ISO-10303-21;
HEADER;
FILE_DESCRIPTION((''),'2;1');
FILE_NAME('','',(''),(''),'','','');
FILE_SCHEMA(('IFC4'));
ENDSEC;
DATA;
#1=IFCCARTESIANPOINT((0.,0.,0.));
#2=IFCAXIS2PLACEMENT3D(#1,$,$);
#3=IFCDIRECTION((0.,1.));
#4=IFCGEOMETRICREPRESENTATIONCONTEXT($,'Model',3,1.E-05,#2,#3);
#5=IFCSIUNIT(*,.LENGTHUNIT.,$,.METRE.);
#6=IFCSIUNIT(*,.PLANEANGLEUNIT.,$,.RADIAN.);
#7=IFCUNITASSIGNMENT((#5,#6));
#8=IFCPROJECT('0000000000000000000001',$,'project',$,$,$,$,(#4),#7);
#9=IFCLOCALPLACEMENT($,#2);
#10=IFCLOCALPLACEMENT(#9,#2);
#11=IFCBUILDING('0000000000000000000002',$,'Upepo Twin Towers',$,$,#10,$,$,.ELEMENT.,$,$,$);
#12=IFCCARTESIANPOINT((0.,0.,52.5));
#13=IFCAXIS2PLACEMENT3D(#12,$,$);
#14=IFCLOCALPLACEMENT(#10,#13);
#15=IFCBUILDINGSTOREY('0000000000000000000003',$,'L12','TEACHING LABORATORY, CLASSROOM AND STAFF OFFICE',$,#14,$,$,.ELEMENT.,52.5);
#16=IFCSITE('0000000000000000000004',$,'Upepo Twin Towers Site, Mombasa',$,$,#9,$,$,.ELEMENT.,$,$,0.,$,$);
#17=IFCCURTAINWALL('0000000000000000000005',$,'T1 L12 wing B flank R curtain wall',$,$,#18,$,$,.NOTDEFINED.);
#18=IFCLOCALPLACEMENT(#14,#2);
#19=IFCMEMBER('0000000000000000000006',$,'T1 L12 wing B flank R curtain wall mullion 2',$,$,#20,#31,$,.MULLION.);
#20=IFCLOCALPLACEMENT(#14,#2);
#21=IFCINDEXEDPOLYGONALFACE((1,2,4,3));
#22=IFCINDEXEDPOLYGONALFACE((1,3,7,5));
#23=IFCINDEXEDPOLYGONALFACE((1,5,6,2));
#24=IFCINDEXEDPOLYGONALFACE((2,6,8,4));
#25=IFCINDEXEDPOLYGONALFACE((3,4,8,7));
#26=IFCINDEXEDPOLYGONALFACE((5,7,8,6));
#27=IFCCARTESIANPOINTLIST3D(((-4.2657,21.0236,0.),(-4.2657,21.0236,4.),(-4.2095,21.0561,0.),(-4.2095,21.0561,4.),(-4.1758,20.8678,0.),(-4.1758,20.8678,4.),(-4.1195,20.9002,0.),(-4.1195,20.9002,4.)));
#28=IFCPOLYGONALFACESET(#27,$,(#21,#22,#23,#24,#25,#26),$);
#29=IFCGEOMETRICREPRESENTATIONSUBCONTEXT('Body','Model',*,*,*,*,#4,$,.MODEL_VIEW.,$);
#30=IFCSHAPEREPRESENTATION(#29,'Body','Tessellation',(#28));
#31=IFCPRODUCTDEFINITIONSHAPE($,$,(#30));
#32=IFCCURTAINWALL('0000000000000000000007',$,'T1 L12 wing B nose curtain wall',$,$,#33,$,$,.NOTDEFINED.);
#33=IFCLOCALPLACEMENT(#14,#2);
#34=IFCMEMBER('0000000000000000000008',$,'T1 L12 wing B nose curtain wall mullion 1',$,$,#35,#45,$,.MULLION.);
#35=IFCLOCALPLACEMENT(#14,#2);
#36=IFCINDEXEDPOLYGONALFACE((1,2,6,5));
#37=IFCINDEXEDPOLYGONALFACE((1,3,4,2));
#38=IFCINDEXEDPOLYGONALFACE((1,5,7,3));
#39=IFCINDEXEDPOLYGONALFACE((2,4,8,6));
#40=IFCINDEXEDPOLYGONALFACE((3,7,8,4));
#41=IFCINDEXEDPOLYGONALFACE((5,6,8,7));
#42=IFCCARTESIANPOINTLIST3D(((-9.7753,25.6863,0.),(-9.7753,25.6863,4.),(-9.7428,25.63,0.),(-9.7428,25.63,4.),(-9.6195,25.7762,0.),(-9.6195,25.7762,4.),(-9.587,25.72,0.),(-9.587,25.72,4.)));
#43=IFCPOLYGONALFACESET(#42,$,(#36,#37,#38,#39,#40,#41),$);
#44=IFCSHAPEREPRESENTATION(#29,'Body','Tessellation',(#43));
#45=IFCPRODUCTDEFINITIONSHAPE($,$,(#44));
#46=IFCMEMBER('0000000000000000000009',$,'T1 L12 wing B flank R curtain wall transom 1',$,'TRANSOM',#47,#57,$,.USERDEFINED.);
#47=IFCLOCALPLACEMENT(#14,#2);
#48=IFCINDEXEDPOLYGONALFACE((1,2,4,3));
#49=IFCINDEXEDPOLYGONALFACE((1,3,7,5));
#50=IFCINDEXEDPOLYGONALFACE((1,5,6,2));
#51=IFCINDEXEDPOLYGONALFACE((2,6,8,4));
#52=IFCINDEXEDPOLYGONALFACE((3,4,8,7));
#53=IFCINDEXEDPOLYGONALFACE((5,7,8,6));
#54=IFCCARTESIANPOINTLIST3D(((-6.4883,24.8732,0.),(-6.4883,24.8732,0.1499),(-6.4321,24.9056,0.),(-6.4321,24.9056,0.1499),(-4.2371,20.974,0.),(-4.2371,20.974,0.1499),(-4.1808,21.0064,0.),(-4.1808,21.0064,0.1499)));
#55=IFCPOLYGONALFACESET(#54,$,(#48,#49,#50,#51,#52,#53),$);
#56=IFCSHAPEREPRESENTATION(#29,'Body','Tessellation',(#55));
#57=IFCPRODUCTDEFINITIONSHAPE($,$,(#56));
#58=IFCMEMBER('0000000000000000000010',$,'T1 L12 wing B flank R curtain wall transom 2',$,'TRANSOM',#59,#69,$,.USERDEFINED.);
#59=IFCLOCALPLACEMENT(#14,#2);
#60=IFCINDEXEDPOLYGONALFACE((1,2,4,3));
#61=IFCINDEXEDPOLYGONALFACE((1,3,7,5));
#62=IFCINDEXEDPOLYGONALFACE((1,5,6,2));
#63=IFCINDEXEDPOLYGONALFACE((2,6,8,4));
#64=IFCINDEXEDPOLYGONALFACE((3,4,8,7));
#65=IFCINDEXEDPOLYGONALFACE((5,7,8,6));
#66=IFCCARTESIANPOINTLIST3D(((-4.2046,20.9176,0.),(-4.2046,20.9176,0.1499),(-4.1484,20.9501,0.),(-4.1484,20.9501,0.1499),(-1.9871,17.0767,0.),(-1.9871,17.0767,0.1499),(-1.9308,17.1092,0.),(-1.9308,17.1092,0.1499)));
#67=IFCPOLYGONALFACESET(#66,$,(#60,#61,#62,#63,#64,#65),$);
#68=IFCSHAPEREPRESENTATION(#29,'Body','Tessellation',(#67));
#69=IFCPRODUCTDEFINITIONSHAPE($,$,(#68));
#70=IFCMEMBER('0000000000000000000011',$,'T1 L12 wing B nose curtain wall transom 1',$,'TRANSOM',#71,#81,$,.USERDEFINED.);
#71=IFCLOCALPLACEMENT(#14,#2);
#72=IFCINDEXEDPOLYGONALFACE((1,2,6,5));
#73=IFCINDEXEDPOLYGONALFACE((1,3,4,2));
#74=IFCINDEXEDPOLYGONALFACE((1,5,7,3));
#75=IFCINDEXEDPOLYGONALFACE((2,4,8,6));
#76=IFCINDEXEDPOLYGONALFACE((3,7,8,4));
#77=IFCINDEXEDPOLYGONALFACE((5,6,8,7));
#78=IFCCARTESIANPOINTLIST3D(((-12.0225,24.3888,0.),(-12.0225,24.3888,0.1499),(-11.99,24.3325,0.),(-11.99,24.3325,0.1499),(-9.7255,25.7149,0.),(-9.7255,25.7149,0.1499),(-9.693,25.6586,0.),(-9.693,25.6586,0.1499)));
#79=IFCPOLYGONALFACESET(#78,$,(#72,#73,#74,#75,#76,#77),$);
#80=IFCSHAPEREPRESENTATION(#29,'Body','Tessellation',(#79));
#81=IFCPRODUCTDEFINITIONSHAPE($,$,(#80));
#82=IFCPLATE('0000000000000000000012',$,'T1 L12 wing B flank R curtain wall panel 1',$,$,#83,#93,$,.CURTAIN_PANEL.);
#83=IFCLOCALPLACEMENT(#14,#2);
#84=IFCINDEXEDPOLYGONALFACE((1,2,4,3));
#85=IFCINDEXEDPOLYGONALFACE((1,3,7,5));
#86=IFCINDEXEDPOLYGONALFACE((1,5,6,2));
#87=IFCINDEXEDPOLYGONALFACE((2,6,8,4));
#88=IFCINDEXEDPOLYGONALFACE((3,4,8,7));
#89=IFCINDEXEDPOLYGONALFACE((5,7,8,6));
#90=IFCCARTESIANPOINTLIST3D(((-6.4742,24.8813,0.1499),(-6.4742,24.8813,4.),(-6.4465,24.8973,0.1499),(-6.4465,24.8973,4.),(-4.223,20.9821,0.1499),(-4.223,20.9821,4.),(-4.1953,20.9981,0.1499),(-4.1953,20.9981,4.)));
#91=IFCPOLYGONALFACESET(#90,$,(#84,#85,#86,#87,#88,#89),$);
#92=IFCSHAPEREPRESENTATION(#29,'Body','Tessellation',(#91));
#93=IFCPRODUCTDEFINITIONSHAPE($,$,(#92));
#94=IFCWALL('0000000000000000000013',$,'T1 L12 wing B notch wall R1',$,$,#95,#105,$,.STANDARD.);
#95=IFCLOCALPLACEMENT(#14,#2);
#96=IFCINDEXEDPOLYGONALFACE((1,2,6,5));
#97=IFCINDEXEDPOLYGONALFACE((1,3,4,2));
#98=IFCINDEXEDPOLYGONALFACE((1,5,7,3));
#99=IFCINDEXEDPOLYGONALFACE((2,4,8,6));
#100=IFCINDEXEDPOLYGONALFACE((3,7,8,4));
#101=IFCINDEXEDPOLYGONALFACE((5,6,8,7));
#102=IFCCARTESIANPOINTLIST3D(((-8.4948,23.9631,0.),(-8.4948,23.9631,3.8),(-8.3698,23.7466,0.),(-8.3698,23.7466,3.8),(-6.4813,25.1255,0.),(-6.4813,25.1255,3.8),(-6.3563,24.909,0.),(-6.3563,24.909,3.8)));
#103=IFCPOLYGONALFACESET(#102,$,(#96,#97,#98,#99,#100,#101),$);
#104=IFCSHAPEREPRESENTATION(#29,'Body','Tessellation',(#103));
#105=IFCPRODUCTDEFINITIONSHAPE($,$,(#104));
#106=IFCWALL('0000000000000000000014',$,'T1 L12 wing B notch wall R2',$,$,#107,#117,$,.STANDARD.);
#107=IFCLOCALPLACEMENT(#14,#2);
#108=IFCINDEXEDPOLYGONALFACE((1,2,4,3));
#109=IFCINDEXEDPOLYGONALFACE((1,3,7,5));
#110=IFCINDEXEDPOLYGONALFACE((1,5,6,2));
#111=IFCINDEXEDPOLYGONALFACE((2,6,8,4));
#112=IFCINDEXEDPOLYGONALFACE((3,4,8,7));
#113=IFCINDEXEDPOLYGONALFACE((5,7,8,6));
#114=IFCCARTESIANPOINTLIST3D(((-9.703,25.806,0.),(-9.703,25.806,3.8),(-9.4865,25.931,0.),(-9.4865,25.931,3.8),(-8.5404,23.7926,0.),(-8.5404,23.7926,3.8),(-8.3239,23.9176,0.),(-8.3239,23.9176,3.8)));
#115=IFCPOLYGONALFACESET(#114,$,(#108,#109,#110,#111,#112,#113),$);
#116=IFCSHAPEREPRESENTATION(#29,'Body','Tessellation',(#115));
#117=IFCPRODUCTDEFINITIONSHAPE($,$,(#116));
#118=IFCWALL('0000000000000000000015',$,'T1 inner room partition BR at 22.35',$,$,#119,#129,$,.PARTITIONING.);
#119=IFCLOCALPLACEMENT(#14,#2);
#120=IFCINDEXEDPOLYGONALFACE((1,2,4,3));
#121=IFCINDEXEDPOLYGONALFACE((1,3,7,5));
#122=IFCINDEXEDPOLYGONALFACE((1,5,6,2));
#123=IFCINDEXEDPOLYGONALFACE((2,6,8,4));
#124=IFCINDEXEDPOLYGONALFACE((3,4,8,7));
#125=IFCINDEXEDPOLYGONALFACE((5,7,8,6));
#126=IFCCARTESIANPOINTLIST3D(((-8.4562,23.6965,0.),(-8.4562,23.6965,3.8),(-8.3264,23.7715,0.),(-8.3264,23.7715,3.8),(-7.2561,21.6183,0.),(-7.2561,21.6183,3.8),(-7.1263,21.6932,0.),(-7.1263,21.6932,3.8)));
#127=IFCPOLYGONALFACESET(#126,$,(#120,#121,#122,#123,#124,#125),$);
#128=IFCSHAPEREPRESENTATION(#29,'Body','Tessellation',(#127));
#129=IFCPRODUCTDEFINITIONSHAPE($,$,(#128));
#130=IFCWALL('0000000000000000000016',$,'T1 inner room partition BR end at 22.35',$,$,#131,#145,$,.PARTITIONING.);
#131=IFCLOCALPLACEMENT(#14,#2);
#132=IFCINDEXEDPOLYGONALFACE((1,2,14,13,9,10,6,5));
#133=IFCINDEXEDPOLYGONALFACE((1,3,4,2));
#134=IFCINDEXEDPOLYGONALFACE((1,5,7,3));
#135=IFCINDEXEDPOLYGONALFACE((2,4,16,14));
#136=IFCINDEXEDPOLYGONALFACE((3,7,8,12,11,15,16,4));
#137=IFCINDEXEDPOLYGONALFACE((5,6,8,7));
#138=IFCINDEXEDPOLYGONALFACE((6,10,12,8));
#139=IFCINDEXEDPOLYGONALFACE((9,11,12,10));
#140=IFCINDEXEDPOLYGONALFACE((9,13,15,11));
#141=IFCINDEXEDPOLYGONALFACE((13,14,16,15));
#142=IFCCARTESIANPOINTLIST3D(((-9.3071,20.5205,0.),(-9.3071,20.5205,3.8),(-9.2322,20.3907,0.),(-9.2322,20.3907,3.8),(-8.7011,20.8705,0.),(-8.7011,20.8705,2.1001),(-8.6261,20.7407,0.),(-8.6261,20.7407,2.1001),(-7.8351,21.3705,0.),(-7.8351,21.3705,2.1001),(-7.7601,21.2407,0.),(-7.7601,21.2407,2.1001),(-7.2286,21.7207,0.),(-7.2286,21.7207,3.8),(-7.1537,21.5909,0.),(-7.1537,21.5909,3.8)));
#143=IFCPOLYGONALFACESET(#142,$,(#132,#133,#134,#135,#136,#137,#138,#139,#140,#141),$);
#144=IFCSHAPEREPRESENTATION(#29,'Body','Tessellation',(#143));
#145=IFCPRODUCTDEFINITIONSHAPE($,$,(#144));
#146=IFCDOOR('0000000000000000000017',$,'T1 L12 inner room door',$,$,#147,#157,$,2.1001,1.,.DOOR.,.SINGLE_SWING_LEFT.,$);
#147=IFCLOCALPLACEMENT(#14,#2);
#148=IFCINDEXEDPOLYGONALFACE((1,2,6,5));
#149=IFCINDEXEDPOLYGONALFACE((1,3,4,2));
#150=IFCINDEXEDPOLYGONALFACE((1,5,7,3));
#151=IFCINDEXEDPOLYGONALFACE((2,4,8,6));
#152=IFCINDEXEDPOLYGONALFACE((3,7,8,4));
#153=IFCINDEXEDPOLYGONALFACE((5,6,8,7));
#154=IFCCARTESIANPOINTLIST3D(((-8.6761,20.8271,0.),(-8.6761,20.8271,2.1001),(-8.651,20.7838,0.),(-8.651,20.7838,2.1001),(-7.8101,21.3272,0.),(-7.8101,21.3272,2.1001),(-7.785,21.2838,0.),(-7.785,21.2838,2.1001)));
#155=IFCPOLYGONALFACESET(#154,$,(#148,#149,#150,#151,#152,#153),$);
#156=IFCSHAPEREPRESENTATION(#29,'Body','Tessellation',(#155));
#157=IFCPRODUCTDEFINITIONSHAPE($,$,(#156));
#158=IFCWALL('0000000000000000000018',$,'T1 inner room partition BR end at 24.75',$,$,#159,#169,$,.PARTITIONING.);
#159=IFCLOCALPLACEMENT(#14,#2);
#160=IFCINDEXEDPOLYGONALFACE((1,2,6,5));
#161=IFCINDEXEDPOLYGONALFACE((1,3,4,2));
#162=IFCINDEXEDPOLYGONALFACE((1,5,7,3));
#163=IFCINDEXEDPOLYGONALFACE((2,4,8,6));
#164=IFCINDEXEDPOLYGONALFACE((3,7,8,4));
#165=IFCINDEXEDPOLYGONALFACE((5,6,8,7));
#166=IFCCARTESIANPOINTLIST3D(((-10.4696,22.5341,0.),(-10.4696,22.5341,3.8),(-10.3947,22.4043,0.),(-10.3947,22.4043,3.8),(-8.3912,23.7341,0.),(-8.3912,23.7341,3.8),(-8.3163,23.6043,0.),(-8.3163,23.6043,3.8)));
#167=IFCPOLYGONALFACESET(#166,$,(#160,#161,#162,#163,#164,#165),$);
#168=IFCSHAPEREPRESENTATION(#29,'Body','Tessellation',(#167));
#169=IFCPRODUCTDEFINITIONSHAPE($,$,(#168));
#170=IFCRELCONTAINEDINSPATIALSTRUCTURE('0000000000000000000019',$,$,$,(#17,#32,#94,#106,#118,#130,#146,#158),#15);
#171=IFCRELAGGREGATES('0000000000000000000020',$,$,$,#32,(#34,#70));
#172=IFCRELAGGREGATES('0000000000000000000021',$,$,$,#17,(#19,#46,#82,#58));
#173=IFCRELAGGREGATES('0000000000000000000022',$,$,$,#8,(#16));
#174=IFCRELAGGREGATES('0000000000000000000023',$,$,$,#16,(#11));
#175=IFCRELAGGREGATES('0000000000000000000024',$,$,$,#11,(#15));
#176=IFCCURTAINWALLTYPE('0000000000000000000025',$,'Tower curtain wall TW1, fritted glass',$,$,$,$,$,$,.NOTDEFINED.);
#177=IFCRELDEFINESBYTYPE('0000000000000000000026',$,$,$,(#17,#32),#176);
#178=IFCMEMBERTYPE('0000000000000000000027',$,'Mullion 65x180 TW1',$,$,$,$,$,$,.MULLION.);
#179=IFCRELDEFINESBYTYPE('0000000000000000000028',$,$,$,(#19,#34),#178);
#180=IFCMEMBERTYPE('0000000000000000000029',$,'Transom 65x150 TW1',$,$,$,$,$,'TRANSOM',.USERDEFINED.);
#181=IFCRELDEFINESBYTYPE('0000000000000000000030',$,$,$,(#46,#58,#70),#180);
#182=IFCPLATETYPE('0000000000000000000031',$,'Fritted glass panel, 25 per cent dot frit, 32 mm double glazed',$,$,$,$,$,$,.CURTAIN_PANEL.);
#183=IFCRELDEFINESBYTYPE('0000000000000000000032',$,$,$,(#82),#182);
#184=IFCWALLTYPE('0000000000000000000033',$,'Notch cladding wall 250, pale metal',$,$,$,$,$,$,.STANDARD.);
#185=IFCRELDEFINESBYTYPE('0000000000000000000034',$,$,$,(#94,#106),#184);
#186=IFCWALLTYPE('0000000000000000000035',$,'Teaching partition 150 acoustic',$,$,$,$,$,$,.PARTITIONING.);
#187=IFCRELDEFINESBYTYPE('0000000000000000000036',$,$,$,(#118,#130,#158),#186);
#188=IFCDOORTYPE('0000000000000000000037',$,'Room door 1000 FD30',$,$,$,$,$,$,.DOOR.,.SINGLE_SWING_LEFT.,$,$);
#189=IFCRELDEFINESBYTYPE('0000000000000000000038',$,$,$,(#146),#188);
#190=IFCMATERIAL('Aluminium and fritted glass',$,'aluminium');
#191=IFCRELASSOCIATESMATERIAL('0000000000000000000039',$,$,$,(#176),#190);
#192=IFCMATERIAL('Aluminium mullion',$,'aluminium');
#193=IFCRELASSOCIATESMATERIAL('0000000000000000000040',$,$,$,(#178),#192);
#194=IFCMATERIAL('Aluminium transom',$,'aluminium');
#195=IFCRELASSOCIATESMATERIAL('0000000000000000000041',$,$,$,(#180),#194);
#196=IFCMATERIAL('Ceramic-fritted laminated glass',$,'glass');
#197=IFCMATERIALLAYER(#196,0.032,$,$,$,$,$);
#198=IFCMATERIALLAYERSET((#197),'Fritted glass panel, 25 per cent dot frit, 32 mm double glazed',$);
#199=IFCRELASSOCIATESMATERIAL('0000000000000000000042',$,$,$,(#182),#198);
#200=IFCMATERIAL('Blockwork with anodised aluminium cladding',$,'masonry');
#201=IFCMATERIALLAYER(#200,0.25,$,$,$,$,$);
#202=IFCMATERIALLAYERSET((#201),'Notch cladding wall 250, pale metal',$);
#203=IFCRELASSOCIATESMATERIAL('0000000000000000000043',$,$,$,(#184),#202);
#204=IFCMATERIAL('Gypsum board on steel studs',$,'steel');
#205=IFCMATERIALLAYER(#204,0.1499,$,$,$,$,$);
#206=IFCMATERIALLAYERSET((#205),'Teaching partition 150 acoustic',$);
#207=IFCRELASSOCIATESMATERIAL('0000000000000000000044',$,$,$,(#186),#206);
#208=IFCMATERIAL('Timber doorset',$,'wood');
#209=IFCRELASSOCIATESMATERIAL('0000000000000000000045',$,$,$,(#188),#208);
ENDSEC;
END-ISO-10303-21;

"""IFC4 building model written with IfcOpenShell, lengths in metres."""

from ifc_helpers import new_model, si_unit, direction, frame, frame_2d, origin, origin_2d, place, context, subcontext, project, spatial, rectangle, extrude, material, layer, layer_set, material_profile, profile_set, type_object, element, fill, aggregate, save


model = new_model("IFC4")

# Units and contexts
model_context = context("Model", 3, precision=1e-05, world=origin(), true_north=direction((0.0, 1.0)))
body_context = subcontext(model_context, "Body", "Model", "MODEL_VIEW")
ifc_project = project(units=[si_unit("LENGTHUNIT", "METRE"), si_unit("PLANEANGLEUNIT", "RADIAN")], contexts=[model_context])

# Site, building, storey
site_placement = place(None, origin())
site = spatial("IfcSite", under=ifc_project, at=site_placement, Name="Upepo Twin Towers Site, Mombasa", CompositionType="ELEMENT", RefElevation=0.0)
building_placement = place(site_placement, origin())
building = spatial("IfcBuilding", under=site, at=building_placement, Name="Upepo Twin Towers", CompositionType="ELEMENT")
storey_placement = place(building_placement, frame((0.0, 0.0, 52.5)))
storey = spatial("IfcBuildingStorey", under=building, at=storey_placement, Name="L12", Description="TEACHING LABORATORY, CLASSROOM AND STAFF OFFICE", CompositionType="ELEMENT", Elevation=52.5)

# Curtain wall, member
ifc_material_1 = material(Name="Aluminium and fritted glass", Category="aluminium")
curtain_wall_type = type_object("IfcCurtainWallType", Name="Tower curtain wall TW1, fritted glass", PredefinedType="NOTDEFINED", material=ifc_material_1)
curtain_wall_1_placement = place(storey_placement, origin())
curtain_wall_1 = element("IfcCurtainWall", 1, at=curtain_wall_1_placement, inside=storey, type_object=curtain_wall_type, Name="T1 L12 wing B flank R curtain wall", PredefinedType="NOTDEFINED")
ifc_material_2 = material(Name="Aluminium mullion", Category="aluminium")
ifc_material_profile_1 = material_profile(ifc_material_2, rectangle(XDim=0.0649, YDim=0.1799, at=origin_2d()), Name="MULLION 65x180")
ifc_profile_set_1 = profile_set([ifc_material_profile_1], Name="Aluminium mullion")
member_type_1 = type_object("IfcMemberType", Name="Mullion 65x180 TW1", PredefinedType="MULLION", material=ifc_profile_set_1)
member_1_placement = place(storey_placement, frame((-4.1926, 20.9619, 0.0), z_axis=(0.0, 0.0, 1.0), x_axis=(0.866025, 0.5, 0.0)))
member_1 = element("IfcMember", 2, at=member_1_placement, type_object=member_type_1, Name="T1 L12 wing B flank R curtain wall mullion 2", PredefinedType="MULLION", context=body_context, shape_type="SweptSolid", body=[
    extrude(rectangle(XDim=0.0649, YDim=0.1799, at=origin_2d()), origin(), (0.0, 0.0, 1.0), 4.0),
])

# Curtain wall, member
curtain_wall_2_placement = place(storey_placement, origin())
curtain_wall_2 = element("IfcCurtainWall", 3, at=curtain_wall_2_placement, inside=storey, type_object=curtain_wall_type, Name="T1 L12 wing B nose curtain wall", PredefinedType="NOTDEFINED")
member_2_placement = place(storey_placement, frame((-9.6812, 25.7031, 0.0), z_axis=(0.0, 0.0, 1.0), x_axis=(0.5, -0.866025, 0.0)))
member_2 = element("IfcMember", 4, at=member_2_placement, type_object=member_type_1, Name="T1 L12 wing B nose curtain wall mullion 1", PredefinedType="MULLION", context=body_context, shape_type="SweptSolid", body=[
    extrude(rectangle(XDim=0.0649, YDim=0.1799, at=origin_2d()), origin(), (0.0, 0.0, 1.0), 4.0),
])

# Members
ifc_material_3 = material(Name="Aluminium transom", Category="aluminium")
ifc_material_profile_2 = material_profile(ifc_material_3, rectangle(XDim=0.0649, YDim=0.1499, at=origin_2d()), Name="TRANSOM 65x150")
ifc_profile_set_2 = profile_set([ifc_material_profile_2], Name="Aluminium transom")
member_type_2 = type_object("IfcMemberType", Name="Transom 65x150 TW1", ElementType="TRANSOM", PredefinedType="USERDEFINED", material=ifc_profile_set_2)
member_3_placement = place(storey_placement, frame((-6.4602, 24.8894, 0.075), z_axis=(0.500006, -0.866022, 0.0), x_axis=(0.866022, 0.500006, 0.0)))
member_3 = element("IfcMember", 5, at=member_3_placement, type_object=member_type_2, Name="T1 L12 wing B flank R curtain wall transom 1", ObjectType="TRANSOM", PredefinedType="USERDEFINED", context=body_context, shape_type="SweptSolid", body=[
    extrude(rectangle(XDim=0.0649, YDim=0.1499, at=origin_2d()), origin(), (0.0, 0.0, 1.0), 4.5024),
])
member_4_placement = place(storey_placement, frame((-4.1765, 20.9338, 0.075), z_axis=(0.500005, -0.866022, 0.0), x_axis=(0.866022, 0.500005, 0.0)))
member_4 = element("IfcMember", 6, at=member_4_placement, type_object=member_type_2, Name="T1 L12 wing B flank R curtain wall transom 2", ObjectType="TRANSOM", PredefinedType="USERDEFINED", context=body_context, shape_type="SweptSolid", body=[
    extrude(rectangle(XDim=0.0649, YDim=0.1499, at=origin_2d()), origin(), (0.0, 0.0, 1.0), 4.4351),
])
member_5_placement = place(storey_placement, frame((-9.7092, 25.6868, 0.075), z_axis=(-0.866037, -0.49998, 0.0), x_axis=(0.49998, -0.866037, 0.0)))
member_5 = element("IfcMember", 7, at=member_5_placement, type_object=member_type_2, Name="T1 L12 wing B nose curtain wall transom 1", ObjectType="TRANSOM", PredefinedType="USERDEFINED", context=body_context, shape_type="SweptSolid", body=[
    extrude(rectangle(XDim=0.0649, YDim=0.1499, at=origin_2d()), origin(), (0.0, 0.0, 1.0), 2.6523),
])
aggregate(curtain_wall_2, [member_2, member_5])

# Plate
ifc_material_4 = material(Name="Ceramic-fritted laminated glass", Category="glass")
ifc_layer_1 = layer(ifc_material_4, 0.032)
ifc_layer_set_1 = layer_set([ifc_layer_1], Name="Fritted glass panel, 25 per cent dot frit, 32 mm double glazed")
plate_type = type_object("IfcPlateType", Name="Fritted glass panel, 25 per cent dot frit, 32 mm double glazed", PredefinedType="CURTAIN_PANEL", material=ifc_layer_set_1)
plate_placement = place(storey_placement, frame((-5.3347, 22.9397, 0.1499), z_axis=(0.0, 0.0, 1.0), x_axis=(0.5, -0.866025, 0.0)))
plate = element("IfcPlate", 8, at=plate_placement, type_object=plate_type, Name="T1 L12 wing B flank R curtain wall panel 1", PredefinedType="CURTAIN_PANEL", context=body_context, shape_type="SweptSolid", body=[
    extrude(rectangle(XDim=4.5024, YDim=0.032, at=origin_2d()), origin(), (0.0, 0.0, 1.0), 3.8501),
])
aggregate(curtain_wall_1, [member_1, member_3, plate, member_4])

# Walls
ifc_material_5 = material(Name="Blockwork with anodised aluminium cladding", Category="masonry")
ifc_layer_2 = layer(ifc_material_5, 0.25)
ifc_layer_set_2 = layer_set([ifc_layer_2], Name="Notch cladding wall 250, pale metal")
wall_type_1 = type_object("IfcWallType", Name="Notch cladding wall 250, pale metal", PredefinedType="STANDARD", material=ifc_layer_set_2)
for number, where, z_axis, x_axis, name in (
    (9, (-6.4187, 25.0173, 0.0), (0.0, 0.0, 1.0), (-0.866044, -0.499968, 0.0), "T1 L12 wing B notch wall R1"),
    (10, (-8.4321, 23.855, 0.0), (0.0, 0.0, 1.0), (-0.500047, 0.865998, 0.0), "T1 L12 wing B notch wall R2"),
):
    element("IfcWall", number, at=place(storey_placement, frame(where, z_axis=z_axis, x_axis=x_axis)), inside=storey, type_object=wall_type_1, Name=name, PredefinedType="STANDARD", context=body_context, shape_type="SweptSolid", body=[
        extrude(rectangle(XDim=2.325, YDim=0.25, at=frame_2d((1.1626, 0.0))), origin(), (0.0, 0.0, 1.0), 3.8),
    ])
ifc_material_6 = material(Name="Gypsum board on steel studs", Category="steel")
ifc_layer_3 = layer(ifc_material_6, 0.1499)
ifc_layer_set_3 = layer_set([ifc_layer_3], Name="Teaching partition 150 acoustic")
wall_type_2 = type_object("IfcWallType", Name="Teaching partition 150 acoustic", PredefinedType="PARTITIONING", material=ifc_layer_set_3)
wall_1_placement = place(storey_placement, frame((-7.1912, 21.6558, 0.0), z_axis=(0.0, 0.0, 1.0), x_axis=(-0.500078, 0.865981, 0.0)))
element("IfcWall", 11, at=wall_1_placement, inside=storey, type_object=wall_type_2, Name="T1 inner room partition BR at 22.35", PredefinedType="PARTITIONING", context=body_context, shape_type="SweptSolid", body=[
    extrude(rectangle(XDim=2.3999, YDim=0.1499, at=frame_2d((1.2, 0.0))), origin(), (0.0, 0.0, 1.0), 3.8),
])

# Wall, opening, door
wall_2_placement = place(storey_placement, frame((-9.2698, 20.4556, 0.0), z_axis=(0.0, 0.0, 1.0), x_axis=(0.866006, 0.500034, 0.0)))
wall_2 = element("IfcWall", 12, at=wall_2_placement, inside=storey, type_object=wall_type_2, Name="T1 inner room partition BR end at 22.35", PredefinedType="PARTITIONING", context=body_context, shape_type="SweptSolid", body=[
    extrude(rectangle(XDim=2.4001, YDim=0.1499, at=frame_2d((1.2002, 0.0))), origin(), (0.0, 0.0, 1.0), 3.8),
])
opening_1_placement = place(wall_2_placement, frame((0.7, 0.0, 0.0)))
opening_1 = element("IfcOpeningElement", 13, at=opening_1_placement, cuts=wall_2, PredefinedType="OPENING", context=body_context, shape_type="SweptSolid", body=[
    extrude(rectangle(XDim=1.0, YDim=2.1001, at=frame_2d((0.5, 1.05))), frame((0.0, 0.085, 0.0), z_axis=(0.0, -1.0, 0.0), x_axis=(1.0, 0.0, 0.0)), (0.0, 0.0, 1.0), 0.1699),
])
ifc_material_7 = material(Name="Timber doorset", Category="wood")
door_type = type_object("IfcDoorType", Name="Room door 1000 FD30", OperationType="SINGLE_SWING_LEFT", PredefinedType="DOOR", material=ifc_material_7)
door_1_placement = place(opening_1_placement, origin())
door_1 = element("IfcDoor", 14, at=door_1_placement, inside=storey, type_object=door_type, Name="T1 L12 inner room door", OperationType="SINGLE_SWING_LEFT", OverallHeight=2.1001, OverallWidth=1.0, PredefinedType="DOOR", context=body_context, shape_type="SweptSolid", body=[
    extrude(rectangle(XDim=1.0, YDim=2.1001, at=frame_2d((0.5, 1.05))), frame((0.0, 0.0249, 0.0), z_axis=(0.0, -1.0, 0.0), x_axis=(1.0, 0.0, 0.0)), (0.0, 0.0, 1.0), 0.05),
])
fill(opening_1, door_1)

# Wall
wall_3_placement = place(storey_placement, frame((-10.4321, 22.4692, 0.0), z_axis=(0.0, 0.0, 1.0), x_axis=(0.866025, 0.500001, 0.0)))
element("IfcWall", 15, at=wall_3_placement, inside=storey, type_object=wall_type_2, Name="T1 inner room partition BR end at 24.75", PredefinedType="PARTITIONING", context=body_context, shape_type="SweptSolid", body=[
    extrude(rectangle(XDim=2.3999, YDim=0.1499, at=frame_2d((1.2, 0.0))), origin(), (0.0, 0.0, 1.0), 3.8),
])

save(model, "model.ifc")
